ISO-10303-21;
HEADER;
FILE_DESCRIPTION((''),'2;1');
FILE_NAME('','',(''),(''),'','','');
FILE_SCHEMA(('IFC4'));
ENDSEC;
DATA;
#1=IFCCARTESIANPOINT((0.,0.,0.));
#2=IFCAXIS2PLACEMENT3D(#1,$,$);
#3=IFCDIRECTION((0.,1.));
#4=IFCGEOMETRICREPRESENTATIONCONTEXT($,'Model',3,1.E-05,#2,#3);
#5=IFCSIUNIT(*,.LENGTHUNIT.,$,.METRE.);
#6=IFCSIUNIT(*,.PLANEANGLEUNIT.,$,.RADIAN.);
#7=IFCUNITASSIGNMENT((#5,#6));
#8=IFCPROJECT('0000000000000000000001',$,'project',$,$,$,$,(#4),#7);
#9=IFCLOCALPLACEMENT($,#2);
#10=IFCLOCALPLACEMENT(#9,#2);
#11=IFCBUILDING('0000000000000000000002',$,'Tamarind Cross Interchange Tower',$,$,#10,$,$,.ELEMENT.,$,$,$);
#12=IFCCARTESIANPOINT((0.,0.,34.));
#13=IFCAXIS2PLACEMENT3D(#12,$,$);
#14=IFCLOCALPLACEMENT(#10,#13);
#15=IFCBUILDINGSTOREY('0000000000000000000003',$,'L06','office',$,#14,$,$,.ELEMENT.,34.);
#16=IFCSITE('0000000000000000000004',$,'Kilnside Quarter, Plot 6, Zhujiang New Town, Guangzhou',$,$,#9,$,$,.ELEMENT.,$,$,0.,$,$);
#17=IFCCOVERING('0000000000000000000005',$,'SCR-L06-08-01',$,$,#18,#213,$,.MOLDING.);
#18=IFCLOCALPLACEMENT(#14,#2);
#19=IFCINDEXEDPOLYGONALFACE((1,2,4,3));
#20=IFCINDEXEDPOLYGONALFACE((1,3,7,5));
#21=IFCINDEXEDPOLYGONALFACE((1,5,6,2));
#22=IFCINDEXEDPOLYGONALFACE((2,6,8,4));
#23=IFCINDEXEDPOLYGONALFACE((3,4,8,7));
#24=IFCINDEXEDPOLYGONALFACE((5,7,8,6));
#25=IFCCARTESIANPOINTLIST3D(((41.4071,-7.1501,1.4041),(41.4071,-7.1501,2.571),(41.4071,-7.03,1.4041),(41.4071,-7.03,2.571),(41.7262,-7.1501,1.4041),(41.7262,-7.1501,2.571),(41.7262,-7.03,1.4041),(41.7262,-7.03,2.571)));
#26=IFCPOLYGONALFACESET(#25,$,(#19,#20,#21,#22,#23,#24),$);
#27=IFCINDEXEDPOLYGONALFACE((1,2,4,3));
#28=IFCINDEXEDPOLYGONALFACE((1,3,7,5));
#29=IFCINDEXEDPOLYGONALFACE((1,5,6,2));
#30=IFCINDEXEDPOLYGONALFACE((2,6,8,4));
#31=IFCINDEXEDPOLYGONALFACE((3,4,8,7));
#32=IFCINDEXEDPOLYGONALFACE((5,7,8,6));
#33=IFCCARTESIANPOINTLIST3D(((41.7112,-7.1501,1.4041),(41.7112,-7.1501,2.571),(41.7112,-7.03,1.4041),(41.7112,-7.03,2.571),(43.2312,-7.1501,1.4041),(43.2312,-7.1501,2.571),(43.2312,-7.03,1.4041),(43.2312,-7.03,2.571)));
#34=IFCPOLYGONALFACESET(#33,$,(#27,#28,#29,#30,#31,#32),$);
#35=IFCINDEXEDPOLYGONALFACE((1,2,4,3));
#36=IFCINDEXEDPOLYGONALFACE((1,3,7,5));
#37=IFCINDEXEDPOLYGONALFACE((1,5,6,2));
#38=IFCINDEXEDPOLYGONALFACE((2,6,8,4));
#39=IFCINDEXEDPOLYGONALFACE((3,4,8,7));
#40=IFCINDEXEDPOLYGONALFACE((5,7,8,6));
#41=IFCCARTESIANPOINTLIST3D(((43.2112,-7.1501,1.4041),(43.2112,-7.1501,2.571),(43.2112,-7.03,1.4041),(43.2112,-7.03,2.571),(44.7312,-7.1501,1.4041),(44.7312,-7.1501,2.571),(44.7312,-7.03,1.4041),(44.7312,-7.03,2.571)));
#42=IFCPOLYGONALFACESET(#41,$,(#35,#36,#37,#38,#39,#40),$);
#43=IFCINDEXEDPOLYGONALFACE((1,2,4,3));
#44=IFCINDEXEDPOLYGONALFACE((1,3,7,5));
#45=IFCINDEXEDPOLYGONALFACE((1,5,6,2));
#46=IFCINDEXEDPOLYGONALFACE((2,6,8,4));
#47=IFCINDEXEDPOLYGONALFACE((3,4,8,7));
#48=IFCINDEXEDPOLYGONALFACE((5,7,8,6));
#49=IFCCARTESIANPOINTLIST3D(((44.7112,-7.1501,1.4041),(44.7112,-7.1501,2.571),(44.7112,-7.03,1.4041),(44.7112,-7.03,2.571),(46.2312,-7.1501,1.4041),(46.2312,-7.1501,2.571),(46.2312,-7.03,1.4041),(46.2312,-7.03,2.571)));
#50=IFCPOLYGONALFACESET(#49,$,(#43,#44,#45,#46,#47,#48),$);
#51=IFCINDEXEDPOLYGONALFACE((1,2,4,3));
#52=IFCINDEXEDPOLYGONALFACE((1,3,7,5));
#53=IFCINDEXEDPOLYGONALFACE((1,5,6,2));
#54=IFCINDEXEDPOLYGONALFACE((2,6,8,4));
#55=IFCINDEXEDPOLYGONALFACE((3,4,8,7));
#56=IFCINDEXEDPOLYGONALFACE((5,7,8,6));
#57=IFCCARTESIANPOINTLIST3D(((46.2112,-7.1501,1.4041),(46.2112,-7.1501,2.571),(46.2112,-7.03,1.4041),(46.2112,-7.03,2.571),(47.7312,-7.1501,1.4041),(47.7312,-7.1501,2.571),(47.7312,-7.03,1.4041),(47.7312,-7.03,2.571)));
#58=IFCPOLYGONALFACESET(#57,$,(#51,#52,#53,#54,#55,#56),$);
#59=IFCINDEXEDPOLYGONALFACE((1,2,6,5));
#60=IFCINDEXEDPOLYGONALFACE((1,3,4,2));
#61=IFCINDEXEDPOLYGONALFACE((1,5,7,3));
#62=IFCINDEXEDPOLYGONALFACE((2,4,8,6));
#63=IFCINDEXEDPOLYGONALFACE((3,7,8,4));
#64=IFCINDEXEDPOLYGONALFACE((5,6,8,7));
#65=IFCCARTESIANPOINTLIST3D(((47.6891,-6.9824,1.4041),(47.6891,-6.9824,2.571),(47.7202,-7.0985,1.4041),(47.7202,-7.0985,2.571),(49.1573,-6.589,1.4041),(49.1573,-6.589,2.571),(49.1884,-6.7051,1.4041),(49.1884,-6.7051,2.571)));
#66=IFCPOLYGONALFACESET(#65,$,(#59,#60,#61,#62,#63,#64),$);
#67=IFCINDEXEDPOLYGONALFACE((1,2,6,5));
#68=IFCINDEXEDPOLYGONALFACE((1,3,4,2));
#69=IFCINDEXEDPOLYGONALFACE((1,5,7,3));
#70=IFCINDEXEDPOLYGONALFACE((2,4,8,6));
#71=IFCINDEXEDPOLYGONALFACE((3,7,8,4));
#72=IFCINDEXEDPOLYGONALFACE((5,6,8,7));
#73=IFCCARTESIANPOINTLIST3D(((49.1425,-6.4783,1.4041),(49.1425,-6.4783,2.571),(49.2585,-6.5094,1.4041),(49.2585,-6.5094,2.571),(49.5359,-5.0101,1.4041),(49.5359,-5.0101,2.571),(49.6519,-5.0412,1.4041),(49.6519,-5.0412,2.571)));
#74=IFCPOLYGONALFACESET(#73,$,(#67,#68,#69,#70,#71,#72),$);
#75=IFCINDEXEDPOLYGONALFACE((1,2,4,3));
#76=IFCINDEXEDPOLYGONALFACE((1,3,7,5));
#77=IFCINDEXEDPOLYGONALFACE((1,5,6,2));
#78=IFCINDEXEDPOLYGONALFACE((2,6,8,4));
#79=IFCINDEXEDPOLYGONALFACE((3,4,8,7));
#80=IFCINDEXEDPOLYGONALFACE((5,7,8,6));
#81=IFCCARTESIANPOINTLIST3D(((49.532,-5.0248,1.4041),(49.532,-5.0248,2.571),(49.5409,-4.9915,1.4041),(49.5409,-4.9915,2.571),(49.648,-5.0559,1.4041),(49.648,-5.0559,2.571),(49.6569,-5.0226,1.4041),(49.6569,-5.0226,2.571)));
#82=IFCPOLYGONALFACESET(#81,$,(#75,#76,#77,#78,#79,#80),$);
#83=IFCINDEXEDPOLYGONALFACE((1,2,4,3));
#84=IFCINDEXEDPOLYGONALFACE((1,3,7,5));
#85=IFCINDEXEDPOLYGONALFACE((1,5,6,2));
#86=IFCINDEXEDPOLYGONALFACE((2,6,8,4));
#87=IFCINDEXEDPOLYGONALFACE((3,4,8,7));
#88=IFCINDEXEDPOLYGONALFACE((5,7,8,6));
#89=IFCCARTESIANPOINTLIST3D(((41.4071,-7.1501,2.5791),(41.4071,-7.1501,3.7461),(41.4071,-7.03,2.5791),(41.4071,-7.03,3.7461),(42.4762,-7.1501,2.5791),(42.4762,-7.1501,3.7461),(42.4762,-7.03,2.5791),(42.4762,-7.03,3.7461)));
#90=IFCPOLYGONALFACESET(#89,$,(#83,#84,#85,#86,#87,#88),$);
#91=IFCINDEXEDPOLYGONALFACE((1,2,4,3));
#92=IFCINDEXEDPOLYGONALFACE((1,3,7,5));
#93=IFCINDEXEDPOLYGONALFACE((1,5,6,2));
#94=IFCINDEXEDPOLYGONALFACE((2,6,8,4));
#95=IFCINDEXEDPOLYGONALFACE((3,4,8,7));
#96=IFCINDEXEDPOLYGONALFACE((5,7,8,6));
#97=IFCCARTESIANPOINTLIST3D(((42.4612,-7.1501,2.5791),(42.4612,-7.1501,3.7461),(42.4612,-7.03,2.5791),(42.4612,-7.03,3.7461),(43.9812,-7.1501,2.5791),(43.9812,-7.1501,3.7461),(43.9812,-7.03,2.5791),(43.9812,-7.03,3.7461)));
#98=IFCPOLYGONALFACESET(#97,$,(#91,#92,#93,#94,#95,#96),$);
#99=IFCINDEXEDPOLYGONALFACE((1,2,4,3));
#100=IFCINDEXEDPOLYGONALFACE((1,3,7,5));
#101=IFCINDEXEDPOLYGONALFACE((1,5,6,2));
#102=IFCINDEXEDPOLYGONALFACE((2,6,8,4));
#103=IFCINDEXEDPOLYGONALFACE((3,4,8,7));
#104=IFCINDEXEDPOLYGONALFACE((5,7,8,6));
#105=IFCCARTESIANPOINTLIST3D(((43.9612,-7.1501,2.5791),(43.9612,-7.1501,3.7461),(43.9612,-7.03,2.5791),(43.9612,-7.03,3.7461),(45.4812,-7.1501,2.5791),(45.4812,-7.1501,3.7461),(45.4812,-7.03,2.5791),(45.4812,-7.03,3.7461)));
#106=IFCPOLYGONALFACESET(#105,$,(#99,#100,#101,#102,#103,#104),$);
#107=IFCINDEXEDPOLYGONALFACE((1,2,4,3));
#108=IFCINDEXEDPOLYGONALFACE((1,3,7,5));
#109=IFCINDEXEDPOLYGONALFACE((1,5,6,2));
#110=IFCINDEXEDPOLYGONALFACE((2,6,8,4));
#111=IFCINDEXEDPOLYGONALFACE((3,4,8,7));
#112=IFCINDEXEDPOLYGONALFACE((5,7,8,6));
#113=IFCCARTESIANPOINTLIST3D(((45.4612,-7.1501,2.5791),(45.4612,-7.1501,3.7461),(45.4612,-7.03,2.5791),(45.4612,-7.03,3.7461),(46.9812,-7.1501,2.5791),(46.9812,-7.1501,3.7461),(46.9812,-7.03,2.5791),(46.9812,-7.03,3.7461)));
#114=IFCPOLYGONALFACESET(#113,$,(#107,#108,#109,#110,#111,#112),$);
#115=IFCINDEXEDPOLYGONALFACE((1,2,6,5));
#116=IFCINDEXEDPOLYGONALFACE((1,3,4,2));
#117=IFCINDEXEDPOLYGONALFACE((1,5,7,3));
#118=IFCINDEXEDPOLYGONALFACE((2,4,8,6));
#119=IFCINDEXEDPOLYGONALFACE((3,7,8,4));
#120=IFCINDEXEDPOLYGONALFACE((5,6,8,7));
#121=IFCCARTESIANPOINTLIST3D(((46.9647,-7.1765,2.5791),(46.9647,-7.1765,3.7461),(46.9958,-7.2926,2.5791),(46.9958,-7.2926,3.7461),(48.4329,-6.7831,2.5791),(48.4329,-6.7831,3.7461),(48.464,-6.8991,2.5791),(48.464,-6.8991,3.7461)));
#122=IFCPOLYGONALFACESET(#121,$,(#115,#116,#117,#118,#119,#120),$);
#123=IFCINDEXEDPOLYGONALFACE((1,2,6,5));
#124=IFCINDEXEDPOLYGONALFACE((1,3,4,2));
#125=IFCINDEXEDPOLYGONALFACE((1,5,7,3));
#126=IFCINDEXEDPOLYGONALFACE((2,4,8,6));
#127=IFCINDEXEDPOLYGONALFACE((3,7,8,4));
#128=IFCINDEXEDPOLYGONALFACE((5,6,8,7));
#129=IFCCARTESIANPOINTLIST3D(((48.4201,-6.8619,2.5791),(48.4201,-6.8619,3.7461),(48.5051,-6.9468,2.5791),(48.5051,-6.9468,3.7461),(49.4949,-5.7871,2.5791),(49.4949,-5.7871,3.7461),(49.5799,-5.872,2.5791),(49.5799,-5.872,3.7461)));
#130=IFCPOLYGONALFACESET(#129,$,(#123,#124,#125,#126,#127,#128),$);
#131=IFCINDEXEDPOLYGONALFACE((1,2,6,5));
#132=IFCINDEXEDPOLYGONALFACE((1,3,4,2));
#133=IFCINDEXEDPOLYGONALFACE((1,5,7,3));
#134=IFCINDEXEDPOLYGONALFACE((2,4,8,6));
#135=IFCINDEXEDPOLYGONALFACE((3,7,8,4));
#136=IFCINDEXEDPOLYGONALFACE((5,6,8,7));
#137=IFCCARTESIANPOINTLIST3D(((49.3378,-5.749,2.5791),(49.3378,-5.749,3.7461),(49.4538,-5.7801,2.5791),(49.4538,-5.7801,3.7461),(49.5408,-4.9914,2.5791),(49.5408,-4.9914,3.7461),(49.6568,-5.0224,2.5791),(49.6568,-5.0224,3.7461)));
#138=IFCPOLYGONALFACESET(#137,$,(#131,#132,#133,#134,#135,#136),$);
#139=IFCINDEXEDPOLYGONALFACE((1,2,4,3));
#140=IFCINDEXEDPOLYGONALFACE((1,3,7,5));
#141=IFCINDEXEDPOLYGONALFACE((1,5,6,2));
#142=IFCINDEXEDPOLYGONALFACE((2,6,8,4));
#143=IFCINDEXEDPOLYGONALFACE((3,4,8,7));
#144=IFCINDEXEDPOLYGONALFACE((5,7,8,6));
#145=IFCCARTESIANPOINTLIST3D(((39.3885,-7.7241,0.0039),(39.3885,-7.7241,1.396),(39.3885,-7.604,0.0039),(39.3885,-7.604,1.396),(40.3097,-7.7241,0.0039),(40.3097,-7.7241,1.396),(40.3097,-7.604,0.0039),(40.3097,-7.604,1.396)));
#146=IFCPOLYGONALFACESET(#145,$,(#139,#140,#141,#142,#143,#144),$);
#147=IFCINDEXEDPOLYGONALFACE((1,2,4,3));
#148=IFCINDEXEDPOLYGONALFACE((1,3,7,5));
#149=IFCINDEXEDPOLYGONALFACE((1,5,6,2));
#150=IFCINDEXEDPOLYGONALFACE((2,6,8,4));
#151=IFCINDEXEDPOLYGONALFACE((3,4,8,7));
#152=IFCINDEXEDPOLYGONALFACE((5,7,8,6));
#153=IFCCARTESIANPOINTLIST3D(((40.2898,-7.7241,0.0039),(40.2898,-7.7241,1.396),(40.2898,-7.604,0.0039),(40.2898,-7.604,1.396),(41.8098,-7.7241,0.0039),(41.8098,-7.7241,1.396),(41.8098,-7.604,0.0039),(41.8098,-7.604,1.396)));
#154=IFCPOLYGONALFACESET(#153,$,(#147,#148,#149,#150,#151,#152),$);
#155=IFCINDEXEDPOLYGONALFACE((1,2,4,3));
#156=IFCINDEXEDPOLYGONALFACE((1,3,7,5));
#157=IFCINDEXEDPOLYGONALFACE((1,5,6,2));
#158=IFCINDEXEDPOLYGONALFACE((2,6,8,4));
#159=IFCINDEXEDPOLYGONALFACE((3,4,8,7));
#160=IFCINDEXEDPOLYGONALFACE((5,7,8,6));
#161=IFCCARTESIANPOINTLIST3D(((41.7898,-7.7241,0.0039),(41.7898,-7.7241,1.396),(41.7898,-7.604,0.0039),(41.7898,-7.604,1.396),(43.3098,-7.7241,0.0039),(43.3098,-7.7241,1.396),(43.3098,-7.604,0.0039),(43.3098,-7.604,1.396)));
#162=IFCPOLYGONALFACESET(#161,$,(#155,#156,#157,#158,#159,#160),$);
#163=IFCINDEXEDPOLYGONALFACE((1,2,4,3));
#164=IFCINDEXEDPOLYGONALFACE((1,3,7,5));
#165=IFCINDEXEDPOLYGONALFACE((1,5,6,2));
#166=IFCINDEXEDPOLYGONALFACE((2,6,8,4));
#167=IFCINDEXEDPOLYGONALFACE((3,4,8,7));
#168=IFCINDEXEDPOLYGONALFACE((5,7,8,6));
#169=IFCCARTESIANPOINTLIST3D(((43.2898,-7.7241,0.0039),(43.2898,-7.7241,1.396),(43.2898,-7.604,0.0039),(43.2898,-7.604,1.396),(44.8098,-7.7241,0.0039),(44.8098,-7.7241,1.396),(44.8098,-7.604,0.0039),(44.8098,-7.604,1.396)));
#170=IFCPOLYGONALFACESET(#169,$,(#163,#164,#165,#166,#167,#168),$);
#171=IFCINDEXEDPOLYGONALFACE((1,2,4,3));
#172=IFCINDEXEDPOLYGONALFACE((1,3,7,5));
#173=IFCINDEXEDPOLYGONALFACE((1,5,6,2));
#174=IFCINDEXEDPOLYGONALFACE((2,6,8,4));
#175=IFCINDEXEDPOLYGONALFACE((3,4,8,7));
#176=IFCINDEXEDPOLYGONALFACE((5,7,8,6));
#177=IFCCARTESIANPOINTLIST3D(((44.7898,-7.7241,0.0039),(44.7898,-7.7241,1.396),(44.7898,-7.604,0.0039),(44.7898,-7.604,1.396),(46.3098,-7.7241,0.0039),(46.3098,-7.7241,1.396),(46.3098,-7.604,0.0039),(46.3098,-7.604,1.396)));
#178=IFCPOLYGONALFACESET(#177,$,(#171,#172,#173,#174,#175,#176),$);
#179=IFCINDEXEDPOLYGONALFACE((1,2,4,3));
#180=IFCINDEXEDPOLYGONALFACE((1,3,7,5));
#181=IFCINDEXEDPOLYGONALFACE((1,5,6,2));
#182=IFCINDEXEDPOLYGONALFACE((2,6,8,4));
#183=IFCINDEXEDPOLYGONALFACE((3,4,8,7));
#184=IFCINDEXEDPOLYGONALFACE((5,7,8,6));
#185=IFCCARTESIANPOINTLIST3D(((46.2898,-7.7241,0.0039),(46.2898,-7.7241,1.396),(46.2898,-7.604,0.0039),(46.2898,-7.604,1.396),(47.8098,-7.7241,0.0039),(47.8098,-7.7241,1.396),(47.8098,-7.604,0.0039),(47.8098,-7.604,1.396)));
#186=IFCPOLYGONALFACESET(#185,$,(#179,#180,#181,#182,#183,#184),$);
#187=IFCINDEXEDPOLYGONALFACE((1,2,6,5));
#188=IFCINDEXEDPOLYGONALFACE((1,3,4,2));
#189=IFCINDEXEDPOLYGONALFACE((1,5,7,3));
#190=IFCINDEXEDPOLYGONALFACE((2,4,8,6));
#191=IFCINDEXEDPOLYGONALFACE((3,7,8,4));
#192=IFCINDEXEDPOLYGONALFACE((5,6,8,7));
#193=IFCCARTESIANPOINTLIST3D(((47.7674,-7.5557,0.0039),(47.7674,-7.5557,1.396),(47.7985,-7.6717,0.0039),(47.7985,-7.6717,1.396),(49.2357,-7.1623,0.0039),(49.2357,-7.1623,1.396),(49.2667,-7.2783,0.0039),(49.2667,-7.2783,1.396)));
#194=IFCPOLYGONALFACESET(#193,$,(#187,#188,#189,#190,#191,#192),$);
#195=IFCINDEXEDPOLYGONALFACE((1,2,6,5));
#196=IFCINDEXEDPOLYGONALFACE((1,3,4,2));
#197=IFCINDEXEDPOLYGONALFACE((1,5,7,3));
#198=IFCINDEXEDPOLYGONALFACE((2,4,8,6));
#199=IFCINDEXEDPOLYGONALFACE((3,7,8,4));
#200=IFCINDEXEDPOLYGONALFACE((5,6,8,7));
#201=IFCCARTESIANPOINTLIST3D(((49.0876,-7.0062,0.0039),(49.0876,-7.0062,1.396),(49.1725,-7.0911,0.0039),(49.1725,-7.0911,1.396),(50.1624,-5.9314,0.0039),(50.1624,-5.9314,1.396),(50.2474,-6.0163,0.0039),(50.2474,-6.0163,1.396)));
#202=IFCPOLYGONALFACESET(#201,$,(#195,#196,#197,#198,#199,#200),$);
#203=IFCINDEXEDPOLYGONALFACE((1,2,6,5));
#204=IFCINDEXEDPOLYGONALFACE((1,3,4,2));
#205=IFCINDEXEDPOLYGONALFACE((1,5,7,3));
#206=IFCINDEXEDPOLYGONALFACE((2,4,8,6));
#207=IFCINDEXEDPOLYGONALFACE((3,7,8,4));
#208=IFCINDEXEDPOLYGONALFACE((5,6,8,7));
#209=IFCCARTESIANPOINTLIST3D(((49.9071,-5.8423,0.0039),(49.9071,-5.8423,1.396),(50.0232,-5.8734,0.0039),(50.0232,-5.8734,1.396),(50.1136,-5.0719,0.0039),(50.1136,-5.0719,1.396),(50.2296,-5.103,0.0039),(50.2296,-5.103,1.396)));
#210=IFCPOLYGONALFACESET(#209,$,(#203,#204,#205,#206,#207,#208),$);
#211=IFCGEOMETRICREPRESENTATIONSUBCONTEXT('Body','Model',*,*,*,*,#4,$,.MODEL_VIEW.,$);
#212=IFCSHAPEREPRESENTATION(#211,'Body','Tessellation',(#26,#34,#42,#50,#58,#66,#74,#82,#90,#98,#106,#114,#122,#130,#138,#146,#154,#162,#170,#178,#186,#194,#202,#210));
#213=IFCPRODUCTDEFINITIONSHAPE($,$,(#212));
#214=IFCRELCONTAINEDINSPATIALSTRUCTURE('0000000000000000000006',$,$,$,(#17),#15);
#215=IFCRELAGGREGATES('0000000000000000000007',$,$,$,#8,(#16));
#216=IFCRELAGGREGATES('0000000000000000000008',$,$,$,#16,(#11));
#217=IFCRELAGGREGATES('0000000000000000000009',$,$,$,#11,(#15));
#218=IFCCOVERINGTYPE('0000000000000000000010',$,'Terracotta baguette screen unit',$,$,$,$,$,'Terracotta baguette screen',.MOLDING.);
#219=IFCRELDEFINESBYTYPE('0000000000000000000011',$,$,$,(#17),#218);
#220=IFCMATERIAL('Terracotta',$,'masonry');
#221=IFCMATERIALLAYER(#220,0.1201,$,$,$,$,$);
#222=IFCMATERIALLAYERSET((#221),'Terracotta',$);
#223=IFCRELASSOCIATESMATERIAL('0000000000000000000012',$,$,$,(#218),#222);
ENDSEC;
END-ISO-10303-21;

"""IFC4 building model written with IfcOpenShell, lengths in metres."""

from ifc_helpers import new_model, si_unit, direction, frame, origin, origin_2d, place, context, subcontext, project, spatial, rectangle, extrude, material, layer, layer_set, type_object, element, save


model = new_model("IFC4")

# Units and contexts
model_context = context("Model", 3, precision=1e-05, world=origin(), true_north=direction((0.0, 1.0)))
body_context = subcontext(model_context, "Body", "Model", "MODEL_VIEW")
ifc_project = project(units=[si_unit("LENGTHUNIT", "METRE"), si_unit("PLANEANGLEUNIT", "RADIAN")], contexts=[model_context])

# Site, building, storey
site_placement = place(None, origin())
site = spatial("IfcSite", under=ifc_project, at=site_placement, Name="Kilnside Quarter, Plot 6, Zhujiang New Town, Guangzhou", CompositionType="ELEMENT", RefElevation=0.0)
building_placement = place(site_placement, origin())
building = spatial("IfcBuilding", under=site, at=building_placement, Name="Tamarind Cross Interchange Tower", CompositionType="ELEMENT")
storey_placement = place(building_placement, frame((0.0, 0.0, 34.0)))
storey = spatial("IfcBuildingStorey", under=building, at=storey_placement, Name="L06", Description="office", CompositionType="ELEMENT", Elevation=34.0)

# Covering
ifc_material_1 = material(Name="Terracotta", Category="masonry")
ifc_layer_1 = layer(ifc_material_1, 0.1201)
ifc_layer_set_1 = layer_set([ifc_layer_1], Name="Terracotta")
covering_type = type_object("IfcCoveringType", Name="Terracotta baguette screen unit", ElementType="Terracotta baguette screen", PredefinedType="MOLDING", material=ifc_layer_set_1)
covering_1_placement = place(storey_placement, origin())
element("IfcCovering", 1, at=covering_1_placement, inside=storey, type_object=covering_type, Name="SCR-L06-08-01", PredefinedType="MOLDING", context=body_context, shape_type="SweptSolid", body=[
    extrude(rectangle(XDim=0.3191, YDim=0.1201, at=origin_2d()), frame((41.5667, -7.0901, 1.4041), z_axis=(0.0, 0.0, 1.0), x_axis=(1.0, 0.0, 0.0)), (0.0, 0.0, 1.0), 1.167),
    extrude(rectangle(XDim=1.52, YDim=0.1201, at=origin_2d()), frame((42.4712, -7.0901, 1.4041), z_axis=(0.0, 0.0, 1.0), x_axis=(1.0, 0.0, 0.0)), (0.0, 0.0, 1.0), 1.167),
    extrude(rectangle(XDim=1.52, YDim=0.1201, at=origin_2d()), frame((43.9712, -7.0901, 1.4041), z_axis=(0.0, 0.0, 1.0), x_axis=(1.0, 0.0, 0.0)), (0.0, 0.0, 1.0), 1.167),
    extrude(rectangle(XDim=1.52, YDim=0.1201, at=origin_2d()), frame((45.4712, -7.0901, 1.4041), z_axis=(0.0, 0.0, 1.0), x_axis=(1.0, 0.0, 0.0)), (0.0, 0.0, 1.0), 1.167),
    extrude(rectangle(XDim=1.52, YDim=0.1201, at=origin_2d()), frame((46.9712, -7.0901, 1.4041), z_axis=(0.0, 0.0, 1.0), x_axis=(1.0, 0.0, 0.0)), (0.0, 0.0, 1.0), 1.167),
    extrude(rectangle(XDim=1.52, YDim=0.1201, at=origin_2d()), frame((48.4387, -6.8438, 1.4041), z_axis=(0.0, 0.0, 1.0), x_axis=(0.965926, 0.258819, 0.0)), (0.0, 0.0, 1.0), 1.167),
    extrude(rectangle(XDim=1.52, YDim=0.1201, at=origin_2d()), frame((49.3972, -5.7598, 1.4041), z_axis=(0.0, 0.0, 1.0), x_axis=(0.258819, 0.965926, 0.0)), (0.0, 0.0, 1.0), 1.167),
    extrude(rectangle(XDim=0.0344, YDim=0.1201, at=origin_2d()), frame((49.5945, -5.0237, 1.4041), z_axis=(0.0, 0.0, 1.0), x_axis=(0.258819, 0.965926, 0.0)), (0.0, 0.0, 1.0), 1.167),
    extrude(rectangle(XDim=1.0691, YDim=0.1201, at=origin_2d()), frame((41.9417, -7.0901, 2.5791), z_axis=(0.0, 0.0, 1.0), x_axis=(1.0, 0.0, 0.0)), (0.0, 0.0, 1.0), 1.167),
    extrude(rectangle(XDim=1.52, YDim=0.1201, at=origin_2d()), frame((43.2212, -7.0901, 2.5791), z_axis=(0.0, 0.0, 1.0), x_axis=(1.0, 0.0, 0.0)), (0.0, 0.0, 1.0), 1.167),
    extrude(rectangle(XDim=1.52, YDim=0.1201, at=origin_2d()), frame((44.7212, -7.0901, 2.5791), z_axis=(0.0, 0.0, 1.0), x_axis=(1.0, 0.0, 0.0)), (0.0, 0.0, 1.0), 1.167),
    extrude(rectangle(XDim=1.52, YDim=0.1201, at=origin_2d()), frame((46.2212, -7.0901, 2.5791), z_axis=(0.0, 0.0, 1.0), x_axis=(1.0, 0.0, 0.0)), (0.0, 0.0, 1.0), 1.167),
    extrude(rectangle(XDim=1.52, YDim=0.1201, at=origin_2d()), frame((47.7144, -7.0378, 2.5791), z_axis=(0.0, 0.0, 1.0), x_axis=(0.965926, 0.258819, 0.0)), (0.0, 0.0, 1.0), 1.167),
    extrude(rectangle(XDim=1.52, YDim=0.1201, at=origin_2d()), frame((49.0, -6.3669, 2.5791), z_axis=(0.0, 0.0, 1.0), x_axis=(0.707107, 0.707107, 0.0)), (0.0, 0.0, 1.0), 1.167),
    extrude(rectangle(XDim=0.7844, YDim=0.1201, at=origin_2d()), frame((49.4973, -5.3857, 2.5791), z_axis=(0.0, 0.0, 1.0), x_axis=(0.258819, 0.965926, 0.0)), (0.0, 0.0, 1.0), 1.167),
    extrude(rectangle(XDim=0.9211, YDim=0.1201, at=origin_2d()), frame((39.8491, -7.6641, 0.0039), z_axis=(0.0, 0.0, 1.0), x_axis=(1.0, 0.0, 0.0)), (0.0, 0.0, 1.0), 1.3921),
    extrude(rectangle(XDim=1.52, YDim=0.1201, at=origin_2d()), frame((41.0498, -7.6641, 0.0039), z_axis=(0.0, 0.0, 1.0), x_axis=(1.0, 0.0, 0.0)), (0.0, 0.0, 1.0), 1.3921),
    extrude(rectangle(XDim=1.52, YDim=0.1201, at=origin_2d()), frame((42.5498, -7.6641, 0.0039), z_axis=(0.0, 0.0, 1.0), x_axis=(1.0, 0.0, 0.0)), (0.0, 0.0, 1.0), 1.3921),
    extrude(rectangle(XDim=1.52, YDim=0.1201, at=origin_2d()), frame((44.0498, -7.6641, 0.0039), z_axis=(0.0, 0.0, 1.0), x_axis=(1.0, 0.0, 0.0)), (0.0, 0.0, 1.0), 1.3921),
    extrude(rectangle(XDim=1.52, YDim=0.1201, at=origin_2d()), frame((45.5498, -7.6641, 0.0039), z_axis=(0.0, 0.0, 1.0), x_axis=(1.0, 0.0, 0.0)), (0.0, 0.0, 1.0), 1.3921),
    extrude(rectangle(XDim=1.52, YDim=0.1201, at=origin_2d()), frame((47.0498, -7.6641, 0.0039), z_axis=(0.0, 0.0, 1.0), x_axis=(1.0, 0.0, 0.0)), (0.0, 0.0, 1.0), 1.3921),
    extrude(rectangle(XDim=1.52, YDim=0.1201, at=origin_2d()), frame((48.5171, -7.417, 0.0039), z_axis=(0.0, 0.0, 1.0), x_axis=(0.965926, 0.258819, 0.0)), (0.0, 0.0, 1.0), 1.3921),
    extrude(rectangle(XDim=1.52, YDim=0.1201, at=origin_2d()), frame((49.6675, -6.5112, 0.0039), z_axis=(0.0, 0.0, 1.0), x_axis=(0.707107, 0.707107, 0.0)), (0.0, 0.0, 1.0), 1.3921),
    extrude(rectangle(XDim=0.7976, YDim=0.1201, at=origin_2d()), frame((50.0684, -5.4727, 0.0039), z_axis=(0.0, 0.0, 1.0), x_axis=(0.258819, 0.965926, 0.0)), (0.0, 0.0, 1.0), 1.3921),
])

save(model, "model.ifc")
